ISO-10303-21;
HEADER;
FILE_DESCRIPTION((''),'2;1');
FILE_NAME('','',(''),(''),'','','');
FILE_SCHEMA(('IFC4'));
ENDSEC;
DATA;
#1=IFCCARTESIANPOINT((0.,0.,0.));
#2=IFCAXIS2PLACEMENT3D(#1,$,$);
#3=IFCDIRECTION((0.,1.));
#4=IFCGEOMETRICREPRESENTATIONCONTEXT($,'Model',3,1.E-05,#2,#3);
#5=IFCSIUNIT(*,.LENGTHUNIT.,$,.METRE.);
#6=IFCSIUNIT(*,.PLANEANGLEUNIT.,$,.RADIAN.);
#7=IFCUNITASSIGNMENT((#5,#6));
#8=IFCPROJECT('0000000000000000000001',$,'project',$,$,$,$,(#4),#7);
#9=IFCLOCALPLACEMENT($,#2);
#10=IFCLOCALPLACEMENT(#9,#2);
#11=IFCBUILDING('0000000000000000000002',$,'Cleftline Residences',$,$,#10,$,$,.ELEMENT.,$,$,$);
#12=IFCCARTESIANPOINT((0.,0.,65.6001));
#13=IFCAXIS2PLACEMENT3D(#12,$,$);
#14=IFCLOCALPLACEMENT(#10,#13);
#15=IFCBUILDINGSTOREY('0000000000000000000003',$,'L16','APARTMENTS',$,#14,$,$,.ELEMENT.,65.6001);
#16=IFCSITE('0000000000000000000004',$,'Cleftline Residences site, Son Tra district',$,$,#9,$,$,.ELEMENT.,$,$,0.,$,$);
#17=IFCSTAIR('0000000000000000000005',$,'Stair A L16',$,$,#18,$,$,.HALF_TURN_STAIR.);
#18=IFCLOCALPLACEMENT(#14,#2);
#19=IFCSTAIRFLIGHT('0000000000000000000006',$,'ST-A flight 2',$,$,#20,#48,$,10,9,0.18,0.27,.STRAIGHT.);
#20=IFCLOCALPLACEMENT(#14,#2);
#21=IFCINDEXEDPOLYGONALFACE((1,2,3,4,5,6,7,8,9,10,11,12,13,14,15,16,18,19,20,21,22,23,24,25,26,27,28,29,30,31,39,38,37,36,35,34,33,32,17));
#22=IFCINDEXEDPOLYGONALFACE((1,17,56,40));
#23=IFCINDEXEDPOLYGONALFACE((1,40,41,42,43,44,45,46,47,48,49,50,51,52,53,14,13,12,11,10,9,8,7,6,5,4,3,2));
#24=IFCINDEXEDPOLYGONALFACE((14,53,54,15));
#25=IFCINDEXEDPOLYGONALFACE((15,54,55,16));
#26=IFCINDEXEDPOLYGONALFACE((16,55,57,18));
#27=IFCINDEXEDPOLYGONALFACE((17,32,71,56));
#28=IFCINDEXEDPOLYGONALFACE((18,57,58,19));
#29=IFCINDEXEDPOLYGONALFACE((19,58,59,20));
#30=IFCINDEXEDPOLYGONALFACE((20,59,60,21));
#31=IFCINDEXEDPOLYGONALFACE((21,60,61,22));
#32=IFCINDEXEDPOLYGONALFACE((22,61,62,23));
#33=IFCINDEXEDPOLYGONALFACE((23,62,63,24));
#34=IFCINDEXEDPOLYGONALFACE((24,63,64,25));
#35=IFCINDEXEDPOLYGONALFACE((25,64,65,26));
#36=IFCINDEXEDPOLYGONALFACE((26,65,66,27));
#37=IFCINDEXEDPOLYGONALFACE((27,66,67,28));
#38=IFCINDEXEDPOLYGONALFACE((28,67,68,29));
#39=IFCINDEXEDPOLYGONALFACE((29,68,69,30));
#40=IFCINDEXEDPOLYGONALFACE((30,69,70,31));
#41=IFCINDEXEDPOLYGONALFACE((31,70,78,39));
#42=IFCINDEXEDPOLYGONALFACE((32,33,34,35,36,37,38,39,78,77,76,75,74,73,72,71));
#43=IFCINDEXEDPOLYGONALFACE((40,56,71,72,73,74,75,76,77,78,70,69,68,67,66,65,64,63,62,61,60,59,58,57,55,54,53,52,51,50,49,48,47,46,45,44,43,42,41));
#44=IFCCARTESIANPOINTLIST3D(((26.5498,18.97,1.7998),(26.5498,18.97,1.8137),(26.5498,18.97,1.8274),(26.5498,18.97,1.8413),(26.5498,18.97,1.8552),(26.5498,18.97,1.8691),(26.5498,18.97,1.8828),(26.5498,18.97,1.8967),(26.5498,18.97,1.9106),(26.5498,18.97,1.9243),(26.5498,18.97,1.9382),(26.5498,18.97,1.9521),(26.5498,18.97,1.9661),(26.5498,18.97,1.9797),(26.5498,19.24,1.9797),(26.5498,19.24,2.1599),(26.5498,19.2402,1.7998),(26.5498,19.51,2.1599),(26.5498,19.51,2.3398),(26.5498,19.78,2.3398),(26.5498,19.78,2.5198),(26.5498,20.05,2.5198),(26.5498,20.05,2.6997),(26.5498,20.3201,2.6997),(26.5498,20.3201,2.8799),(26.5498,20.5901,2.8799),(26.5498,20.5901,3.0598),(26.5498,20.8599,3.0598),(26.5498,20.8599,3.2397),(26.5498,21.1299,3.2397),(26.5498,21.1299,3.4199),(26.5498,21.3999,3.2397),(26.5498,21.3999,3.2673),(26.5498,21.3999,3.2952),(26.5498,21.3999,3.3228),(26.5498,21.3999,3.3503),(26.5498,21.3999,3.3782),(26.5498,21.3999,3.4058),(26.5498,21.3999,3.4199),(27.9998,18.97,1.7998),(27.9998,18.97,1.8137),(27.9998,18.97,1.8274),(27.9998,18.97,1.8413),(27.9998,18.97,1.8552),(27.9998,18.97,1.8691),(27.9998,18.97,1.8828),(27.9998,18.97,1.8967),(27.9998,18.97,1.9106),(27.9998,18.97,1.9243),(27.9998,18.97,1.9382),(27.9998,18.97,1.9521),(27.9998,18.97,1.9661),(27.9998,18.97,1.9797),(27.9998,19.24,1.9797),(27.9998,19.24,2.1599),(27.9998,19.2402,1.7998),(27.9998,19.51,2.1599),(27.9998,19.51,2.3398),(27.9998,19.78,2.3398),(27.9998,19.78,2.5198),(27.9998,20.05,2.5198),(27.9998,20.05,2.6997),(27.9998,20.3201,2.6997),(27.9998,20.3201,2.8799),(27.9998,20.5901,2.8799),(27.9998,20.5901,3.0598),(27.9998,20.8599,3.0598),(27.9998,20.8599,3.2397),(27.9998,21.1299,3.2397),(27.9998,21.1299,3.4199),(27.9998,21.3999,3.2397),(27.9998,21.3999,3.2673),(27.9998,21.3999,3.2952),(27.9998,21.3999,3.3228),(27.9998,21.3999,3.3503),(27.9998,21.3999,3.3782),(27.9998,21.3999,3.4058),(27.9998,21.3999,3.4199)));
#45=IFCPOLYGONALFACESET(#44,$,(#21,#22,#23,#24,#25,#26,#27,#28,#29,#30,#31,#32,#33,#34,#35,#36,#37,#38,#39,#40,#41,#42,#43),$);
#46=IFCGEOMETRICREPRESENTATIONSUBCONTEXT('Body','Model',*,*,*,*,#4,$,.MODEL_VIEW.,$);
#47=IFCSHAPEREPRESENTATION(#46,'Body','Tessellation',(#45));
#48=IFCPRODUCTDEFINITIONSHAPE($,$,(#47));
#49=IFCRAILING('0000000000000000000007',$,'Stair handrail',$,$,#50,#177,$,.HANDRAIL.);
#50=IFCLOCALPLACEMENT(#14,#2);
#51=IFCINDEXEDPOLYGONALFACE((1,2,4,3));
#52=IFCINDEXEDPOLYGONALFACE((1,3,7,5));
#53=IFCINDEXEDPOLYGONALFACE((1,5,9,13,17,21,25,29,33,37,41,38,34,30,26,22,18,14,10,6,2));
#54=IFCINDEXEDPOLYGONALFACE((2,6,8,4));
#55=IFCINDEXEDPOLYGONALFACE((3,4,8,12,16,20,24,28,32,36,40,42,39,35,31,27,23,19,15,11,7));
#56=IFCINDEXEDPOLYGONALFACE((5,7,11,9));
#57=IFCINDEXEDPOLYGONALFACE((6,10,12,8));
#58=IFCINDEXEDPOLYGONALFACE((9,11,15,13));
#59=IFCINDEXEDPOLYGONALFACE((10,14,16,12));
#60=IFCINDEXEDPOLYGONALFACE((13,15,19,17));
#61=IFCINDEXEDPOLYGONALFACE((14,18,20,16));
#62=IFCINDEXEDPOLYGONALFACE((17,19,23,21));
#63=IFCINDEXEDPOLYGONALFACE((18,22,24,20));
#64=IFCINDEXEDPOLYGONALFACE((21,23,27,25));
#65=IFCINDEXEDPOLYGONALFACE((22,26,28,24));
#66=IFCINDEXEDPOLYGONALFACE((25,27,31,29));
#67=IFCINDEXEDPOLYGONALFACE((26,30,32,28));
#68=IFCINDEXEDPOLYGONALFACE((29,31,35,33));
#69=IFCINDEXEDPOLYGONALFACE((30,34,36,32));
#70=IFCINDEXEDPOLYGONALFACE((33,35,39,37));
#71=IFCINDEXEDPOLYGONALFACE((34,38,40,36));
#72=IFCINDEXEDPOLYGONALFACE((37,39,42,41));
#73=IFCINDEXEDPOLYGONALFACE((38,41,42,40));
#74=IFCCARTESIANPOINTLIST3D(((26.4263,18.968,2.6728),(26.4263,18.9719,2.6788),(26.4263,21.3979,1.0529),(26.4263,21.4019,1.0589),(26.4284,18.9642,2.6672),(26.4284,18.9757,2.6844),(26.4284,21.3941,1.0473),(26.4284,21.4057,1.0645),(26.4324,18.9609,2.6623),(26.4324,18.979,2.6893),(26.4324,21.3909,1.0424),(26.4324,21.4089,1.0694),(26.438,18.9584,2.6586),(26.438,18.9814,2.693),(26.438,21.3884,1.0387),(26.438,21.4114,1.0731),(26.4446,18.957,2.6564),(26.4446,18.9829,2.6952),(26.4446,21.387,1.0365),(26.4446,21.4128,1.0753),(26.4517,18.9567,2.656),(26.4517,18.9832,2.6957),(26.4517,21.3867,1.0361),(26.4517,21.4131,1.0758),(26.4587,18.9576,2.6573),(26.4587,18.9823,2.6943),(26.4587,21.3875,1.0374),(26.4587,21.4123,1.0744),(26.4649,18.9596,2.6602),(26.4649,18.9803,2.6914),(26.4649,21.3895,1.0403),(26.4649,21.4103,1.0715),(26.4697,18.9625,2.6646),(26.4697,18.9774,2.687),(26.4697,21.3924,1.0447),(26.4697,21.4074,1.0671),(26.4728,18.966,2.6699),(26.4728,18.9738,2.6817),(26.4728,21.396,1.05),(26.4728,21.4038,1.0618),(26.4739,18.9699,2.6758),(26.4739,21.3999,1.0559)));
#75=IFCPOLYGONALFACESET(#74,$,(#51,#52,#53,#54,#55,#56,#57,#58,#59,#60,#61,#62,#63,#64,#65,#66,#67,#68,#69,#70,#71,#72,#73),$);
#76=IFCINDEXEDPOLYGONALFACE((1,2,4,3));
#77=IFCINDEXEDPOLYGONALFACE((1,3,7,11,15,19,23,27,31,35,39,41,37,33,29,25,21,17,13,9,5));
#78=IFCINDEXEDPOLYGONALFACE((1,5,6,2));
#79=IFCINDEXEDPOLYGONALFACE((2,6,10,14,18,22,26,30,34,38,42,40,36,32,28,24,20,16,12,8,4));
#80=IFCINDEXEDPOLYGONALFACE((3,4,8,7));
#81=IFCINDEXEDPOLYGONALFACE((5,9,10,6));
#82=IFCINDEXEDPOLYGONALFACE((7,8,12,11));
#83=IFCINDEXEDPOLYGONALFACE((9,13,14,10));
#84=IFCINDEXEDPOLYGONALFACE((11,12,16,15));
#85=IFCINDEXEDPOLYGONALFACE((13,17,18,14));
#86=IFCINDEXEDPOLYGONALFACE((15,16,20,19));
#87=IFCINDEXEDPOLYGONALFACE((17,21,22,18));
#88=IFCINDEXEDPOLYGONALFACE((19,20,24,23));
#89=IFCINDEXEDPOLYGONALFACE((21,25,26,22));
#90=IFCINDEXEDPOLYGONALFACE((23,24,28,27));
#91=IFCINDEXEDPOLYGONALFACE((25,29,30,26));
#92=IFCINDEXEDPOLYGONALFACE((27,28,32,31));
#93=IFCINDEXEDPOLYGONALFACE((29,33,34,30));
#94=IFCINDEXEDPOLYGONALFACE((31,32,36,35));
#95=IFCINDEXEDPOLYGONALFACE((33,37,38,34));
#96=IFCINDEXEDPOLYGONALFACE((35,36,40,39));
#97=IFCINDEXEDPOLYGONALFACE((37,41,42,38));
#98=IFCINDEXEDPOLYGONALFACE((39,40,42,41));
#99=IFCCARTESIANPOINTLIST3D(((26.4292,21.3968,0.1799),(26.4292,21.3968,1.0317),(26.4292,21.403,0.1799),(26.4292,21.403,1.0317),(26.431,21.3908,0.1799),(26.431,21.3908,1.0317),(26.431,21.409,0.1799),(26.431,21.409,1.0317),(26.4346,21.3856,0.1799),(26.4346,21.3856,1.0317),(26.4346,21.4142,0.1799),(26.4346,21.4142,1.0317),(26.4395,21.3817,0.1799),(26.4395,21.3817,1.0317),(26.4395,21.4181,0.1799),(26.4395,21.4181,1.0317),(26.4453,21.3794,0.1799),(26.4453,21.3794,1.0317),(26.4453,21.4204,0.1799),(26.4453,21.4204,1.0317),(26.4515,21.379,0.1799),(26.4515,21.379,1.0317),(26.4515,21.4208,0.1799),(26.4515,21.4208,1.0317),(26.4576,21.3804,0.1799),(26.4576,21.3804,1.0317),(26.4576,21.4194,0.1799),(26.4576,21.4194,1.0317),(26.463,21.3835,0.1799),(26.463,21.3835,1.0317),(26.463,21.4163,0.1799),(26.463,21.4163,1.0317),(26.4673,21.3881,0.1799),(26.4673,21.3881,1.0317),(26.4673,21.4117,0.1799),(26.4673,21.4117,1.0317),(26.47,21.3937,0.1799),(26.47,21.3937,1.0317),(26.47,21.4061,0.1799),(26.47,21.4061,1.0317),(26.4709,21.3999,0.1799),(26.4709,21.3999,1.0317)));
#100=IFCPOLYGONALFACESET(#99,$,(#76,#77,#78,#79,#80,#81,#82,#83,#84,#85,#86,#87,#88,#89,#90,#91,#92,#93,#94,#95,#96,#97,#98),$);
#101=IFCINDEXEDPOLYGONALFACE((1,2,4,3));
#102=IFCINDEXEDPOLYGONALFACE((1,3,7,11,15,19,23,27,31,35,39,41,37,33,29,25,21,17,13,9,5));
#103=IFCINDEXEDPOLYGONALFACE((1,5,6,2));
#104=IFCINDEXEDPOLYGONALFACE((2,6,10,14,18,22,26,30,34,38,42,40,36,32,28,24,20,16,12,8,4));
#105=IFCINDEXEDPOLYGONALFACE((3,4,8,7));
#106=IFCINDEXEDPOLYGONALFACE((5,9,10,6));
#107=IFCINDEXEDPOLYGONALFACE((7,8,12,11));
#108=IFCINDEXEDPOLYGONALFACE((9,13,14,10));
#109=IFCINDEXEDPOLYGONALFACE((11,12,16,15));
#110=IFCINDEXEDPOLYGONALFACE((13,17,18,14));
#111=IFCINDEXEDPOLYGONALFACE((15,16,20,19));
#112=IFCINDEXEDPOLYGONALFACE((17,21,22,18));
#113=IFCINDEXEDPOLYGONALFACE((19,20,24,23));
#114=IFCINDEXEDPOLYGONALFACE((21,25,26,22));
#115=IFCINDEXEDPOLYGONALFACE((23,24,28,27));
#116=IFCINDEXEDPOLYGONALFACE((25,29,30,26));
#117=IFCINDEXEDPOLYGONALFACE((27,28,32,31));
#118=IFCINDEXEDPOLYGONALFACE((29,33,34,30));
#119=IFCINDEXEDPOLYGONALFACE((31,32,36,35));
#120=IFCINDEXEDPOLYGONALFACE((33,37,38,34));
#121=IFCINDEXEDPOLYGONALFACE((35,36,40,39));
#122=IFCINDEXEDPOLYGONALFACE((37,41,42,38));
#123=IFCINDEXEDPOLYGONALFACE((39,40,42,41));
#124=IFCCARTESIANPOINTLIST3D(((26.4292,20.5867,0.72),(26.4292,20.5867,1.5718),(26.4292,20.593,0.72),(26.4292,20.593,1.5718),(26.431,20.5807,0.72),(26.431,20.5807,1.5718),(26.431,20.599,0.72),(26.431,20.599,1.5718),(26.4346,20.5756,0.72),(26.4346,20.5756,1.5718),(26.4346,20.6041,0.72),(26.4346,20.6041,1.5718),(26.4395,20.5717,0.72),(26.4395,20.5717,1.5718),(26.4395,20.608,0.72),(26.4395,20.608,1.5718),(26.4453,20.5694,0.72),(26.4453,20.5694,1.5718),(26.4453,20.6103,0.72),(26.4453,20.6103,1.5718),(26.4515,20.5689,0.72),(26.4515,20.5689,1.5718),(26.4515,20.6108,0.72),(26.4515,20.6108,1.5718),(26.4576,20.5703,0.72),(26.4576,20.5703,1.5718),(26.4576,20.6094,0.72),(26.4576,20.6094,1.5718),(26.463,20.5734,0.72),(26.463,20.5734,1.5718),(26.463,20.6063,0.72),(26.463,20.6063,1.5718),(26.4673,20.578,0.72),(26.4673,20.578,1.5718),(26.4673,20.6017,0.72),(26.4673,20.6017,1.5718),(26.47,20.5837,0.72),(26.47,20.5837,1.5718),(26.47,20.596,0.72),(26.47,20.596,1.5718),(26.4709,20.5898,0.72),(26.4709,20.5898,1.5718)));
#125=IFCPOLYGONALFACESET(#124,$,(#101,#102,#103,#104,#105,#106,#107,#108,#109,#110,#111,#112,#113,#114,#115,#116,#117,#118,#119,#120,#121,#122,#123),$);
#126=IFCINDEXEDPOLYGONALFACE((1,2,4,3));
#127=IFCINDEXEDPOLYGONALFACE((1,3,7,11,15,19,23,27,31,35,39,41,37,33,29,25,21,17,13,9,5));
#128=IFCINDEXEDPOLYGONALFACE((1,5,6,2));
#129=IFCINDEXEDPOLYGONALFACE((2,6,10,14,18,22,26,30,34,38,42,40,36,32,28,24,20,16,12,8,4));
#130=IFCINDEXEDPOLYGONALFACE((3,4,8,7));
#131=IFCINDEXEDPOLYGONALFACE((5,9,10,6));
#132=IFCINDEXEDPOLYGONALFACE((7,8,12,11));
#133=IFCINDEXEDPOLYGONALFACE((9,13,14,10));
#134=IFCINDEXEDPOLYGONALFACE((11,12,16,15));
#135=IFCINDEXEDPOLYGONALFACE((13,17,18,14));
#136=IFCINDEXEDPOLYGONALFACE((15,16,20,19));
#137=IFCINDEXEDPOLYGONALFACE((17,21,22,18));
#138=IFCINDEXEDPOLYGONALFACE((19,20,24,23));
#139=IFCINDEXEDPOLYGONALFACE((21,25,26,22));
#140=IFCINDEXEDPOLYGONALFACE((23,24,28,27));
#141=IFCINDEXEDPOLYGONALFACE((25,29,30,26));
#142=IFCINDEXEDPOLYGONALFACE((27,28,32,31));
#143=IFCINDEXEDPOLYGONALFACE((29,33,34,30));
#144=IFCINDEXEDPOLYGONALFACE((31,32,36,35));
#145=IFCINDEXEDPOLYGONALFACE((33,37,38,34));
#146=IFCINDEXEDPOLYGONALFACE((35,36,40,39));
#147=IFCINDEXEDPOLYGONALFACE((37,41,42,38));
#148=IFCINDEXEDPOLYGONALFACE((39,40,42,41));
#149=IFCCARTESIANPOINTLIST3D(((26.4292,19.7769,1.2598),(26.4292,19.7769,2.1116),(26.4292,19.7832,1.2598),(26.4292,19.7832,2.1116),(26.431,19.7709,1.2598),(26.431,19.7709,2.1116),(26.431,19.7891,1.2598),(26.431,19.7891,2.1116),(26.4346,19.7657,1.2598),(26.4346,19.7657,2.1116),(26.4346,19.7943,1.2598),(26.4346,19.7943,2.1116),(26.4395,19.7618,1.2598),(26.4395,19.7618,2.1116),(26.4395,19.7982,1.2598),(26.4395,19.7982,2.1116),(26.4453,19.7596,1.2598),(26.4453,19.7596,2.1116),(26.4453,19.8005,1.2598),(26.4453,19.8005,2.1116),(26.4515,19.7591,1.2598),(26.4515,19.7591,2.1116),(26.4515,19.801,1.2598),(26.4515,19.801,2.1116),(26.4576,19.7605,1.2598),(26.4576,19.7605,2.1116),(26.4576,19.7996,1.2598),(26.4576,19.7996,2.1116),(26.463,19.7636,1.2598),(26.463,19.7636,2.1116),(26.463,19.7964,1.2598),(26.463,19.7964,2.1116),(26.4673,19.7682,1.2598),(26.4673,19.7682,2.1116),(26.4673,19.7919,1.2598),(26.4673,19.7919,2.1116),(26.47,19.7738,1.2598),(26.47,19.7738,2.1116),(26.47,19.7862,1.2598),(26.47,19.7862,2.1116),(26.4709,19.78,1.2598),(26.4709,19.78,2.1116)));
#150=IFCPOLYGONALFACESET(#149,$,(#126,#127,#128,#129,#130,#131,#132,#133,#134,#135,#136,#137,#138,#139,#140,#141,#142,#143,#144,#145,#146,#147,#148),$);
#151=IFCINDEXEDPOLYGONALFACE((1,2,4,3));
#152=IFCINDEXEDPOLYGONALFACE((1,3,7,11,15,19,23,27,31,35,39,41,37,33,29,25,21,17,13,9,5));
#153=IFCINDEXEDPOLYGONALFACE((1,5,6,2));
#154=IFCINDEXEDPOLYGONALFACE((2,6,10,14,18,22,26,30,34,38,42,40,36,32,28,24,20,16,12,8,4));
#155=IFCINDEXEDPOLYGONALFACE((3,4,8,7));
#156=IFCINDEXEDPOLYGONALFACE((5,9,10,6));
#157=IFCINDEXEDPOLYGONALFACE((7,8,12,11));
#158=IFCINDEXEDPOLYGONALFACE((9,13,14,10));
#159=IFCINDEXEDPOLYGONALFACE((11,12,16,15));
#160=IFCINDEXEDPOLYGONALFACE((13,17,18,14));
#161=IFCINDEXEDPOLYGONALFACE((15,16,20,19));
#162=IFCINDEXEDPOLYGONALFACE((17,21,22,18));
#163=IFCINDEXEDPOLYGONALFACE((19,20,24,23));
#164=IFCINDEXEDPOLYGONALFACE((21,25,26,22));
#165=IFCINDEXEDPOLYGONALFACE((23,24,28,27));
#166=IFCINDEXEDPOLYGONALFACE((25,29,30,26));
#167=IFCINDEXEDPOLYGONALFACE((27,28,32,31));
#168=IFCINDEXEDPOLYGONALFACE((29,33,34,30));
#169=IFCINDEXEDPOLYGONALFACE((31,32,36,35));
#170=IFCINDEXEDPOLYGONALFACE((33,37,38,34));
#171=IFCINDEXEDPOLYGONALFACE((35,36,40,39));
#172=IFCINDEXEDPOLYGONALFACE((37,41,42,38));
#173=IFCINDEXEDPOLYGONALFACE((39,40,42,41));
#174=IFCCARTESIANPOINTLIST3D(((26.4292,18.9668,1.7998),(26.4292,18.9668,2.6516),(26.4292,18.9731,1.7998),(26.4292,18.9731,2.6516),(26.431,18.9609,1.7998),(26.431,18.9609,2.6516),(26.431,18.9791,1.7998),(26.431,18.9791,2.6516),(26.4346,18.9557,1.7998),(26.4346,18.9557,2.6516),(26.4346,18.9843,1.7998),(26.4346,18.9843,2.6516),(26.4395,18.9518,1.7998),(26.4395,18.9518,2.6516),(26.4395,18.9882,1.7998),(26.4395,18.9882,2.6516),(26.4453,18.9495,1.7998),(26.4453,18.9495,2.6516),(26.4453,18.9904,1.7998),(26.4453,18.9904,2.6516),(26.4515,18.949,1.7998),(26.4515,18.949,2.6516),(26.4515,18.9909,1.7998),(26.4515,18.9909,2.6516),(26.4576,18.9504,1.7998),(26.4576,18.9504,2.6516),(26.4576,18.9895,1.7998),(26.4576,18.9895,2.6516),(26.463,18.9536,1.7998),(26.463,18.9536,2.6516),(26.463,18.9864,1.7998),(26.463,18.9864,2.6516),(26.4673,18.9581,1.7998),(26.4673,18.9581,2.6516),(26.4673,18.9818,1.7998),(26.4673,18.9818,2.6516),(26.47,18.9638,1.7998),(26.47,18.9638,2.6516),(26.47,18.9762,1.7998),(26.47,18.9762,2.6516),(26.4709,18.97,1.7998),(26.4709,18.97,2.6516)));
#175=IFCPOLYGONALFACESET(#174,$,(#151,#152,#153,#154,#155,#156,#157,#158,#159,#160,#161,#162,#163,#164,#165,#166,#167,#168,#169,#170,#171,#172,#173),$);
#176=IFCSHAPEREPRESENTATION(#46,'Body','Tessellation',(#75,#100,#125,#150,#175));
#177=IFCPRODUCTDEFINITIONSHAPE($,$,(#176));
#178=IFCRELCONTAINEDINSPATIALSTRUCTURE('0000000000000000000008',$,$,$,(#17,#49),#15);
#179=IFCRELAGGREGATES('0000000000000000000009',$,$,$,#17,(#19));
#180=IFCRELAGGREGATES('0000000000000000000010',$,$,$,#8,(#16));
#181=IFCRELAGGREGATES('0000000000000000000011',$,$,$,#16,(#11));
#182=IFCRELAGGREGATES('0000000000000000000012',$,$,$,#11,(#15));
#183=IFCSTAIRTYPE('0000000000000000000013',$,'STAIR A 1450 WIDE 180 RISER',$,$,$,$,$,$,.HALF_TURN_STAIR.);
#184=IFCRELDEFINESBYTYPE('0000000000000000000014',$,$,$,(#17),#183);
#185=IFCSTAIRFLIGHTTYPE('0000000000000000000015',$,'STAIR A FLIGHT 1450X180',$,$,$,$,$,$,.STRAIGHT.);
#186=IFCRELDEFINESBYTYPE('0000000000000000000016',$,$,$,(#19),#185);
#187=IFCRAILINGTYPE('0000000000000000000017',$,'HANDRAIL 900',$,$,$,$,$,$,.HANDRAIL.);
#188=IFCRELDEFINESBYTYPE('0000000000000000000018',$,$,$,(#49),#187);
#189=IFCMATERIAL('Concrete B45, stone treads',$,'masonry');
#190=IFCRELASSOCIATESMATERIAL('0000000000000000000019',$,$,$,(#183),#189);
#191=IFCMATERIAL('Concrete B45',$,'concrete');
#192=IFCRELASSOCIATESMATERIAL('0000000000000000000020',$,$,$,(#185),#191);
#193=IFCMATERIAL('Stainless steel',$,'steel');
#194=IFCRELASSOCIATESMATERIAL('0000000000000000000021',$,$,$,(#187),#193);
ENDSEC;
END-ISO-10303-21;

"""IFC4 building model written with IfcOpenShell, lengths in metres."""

from ifc_helpers import new_model, si_unit, direction, frame, origin, origin_2d, place, context, subcontext, project, spatial, polyline, circle, outline, extrude, material, type_object, element, aggregate, save


model = new_model("IFC4")

# Units and contexts
model_context = context("Model", 3, precision=1e-05, world=origin(), true_north=direction((0.0, 1.0)))
body_context = subcontext(model_context, "Body", "Model", "MODEL_VIEW")
ifc_project = project(units=[si_unit("LENGTHUNIT", "METRE"), si_unit("PLANEANGLEUNIT", "RADIAN")], contexts=[model_context])

# Site, building, storey
site_placement = place(None, origin())
site = spatial("IfcSite", under=ifc_project, at=site_placement, Name="Cleftline Residences site, Son Tra district", CompositionType="ELEMENT", RefElevation=0.0)
building_placement = place(site_placement, origin())
building = spatial("IfcBuilding", under=site, at=building_placement, Name="Cleftline Residences", CompositionType="ELEMENT")
storey_placement = place(building_placement, frame((0.0, 0.0, 65.6001)))
storey = spatial("IfcBuildingStorey", under=building, at=storey_placement, Name="L16", Description="APARTMENTS", CompositionType="ELEMENT", Elevation=65.6001)

# Stair, stair flight
ifc_material_1 = material(Name="Concrete B45, stone treads", Category="masonry")
stair_type = type_object("IfcStairType", Name="STAIR A 1450 WIDE 180 RISER", PredefinedType="HALF_TURN_STAIR", material=ifc_material_1)
stair_placement = place(storey_placement, origin())
stair = element("IfcStair", 1, at=stair_placement, inside=storey, type_object=stair_type, Name="Stair A L16", PredefinedType="HALF_TURN_STAIR")
ifc_material_2 = material(Name="Concrete B45", Category="concrete")
stair_flight_type = type_object("IfcStairFlightType", Name="STAIR A FLIGHT 1450X180", PredefinedType="STRAIGHT", material=ifc_material_2)
stair_flight_1_placement = place(storey_placement, frame((27.2749, 18.97, 1.7998), z_axis=(0.0, 0.0, 1.0), x_axis=(0.0, 1.0, 0.0)))
stair_flight_1 = element("IfcStairFlight", 2, at=stair_flight_1_placement, type_object=stair_flight_type, Name="ST-A flight 2", NumberOfRisers=10, NumberOfTreads=9, PredefinedType="STRAIGHT", RiserHeight=0.18, TreadLength=0.27, context=body_context, shape_type="SweptSolid", body=[
    extrude(outline(polyline([(0.0, 0.0), (0.0, 0.0139), (0.0, 0.0276), (0.0, 0.0415), (0.0, 0.0554), (0.0, 0.0693), (0.0, 0.083), (0.0, 0.0969), (0.0, 0.1108), (0.0, 0.1245), (0.0, 0.1384), (0.0, 0.1523), (0.0, 0.1663), (0.0, 0.1799), (0.27, 0.1799), (0.27, 0.3601), (0.54, 0.3601), (0.54, 0.54), (0.8101, 0.54), (0.8101, 0.72), (1.0801, 0.72), (1.0801, 0.8999), (1.3501, 0.8999), (1.3501, 1.0801), (1.6201, 1.0801), (1.6201, 1.26), (1.8899, 1.26), (1.8899, 1.4399), (2.1599, 1.4399), (2.1599, 1.6201), (2.4299, 1.6201), (2.4299, 1.8), (2.4299, 1.7722), (2.4299, 1.7446), (2.4299, 1.7168), (2.4299, 1.6892), (2.4299, 1.6614), (2.4299, 1.6338), (2.4299, 1.606), (2.4299, 1.5784), (2.4299, 1.5505), (2.4299, 1.5229), (2.4299, 1.4954), (2.4299, 1.4675), (2.4299, 1.4399), (0.2703, 0.0), (0.0, 0.0)])), frame((0.0, 0.7251, 0.0), z_axis=(0.0, -1.0, 0.0), x_axis=(1.0, 0.0, 0.0)), (0.0, 0.0, 1.0), 1.45),
])
aggregate(stair, [stair_flight_1])

# Railing
ifc_material_3 = material(Name="Stainless steel", Category="steel")
railing_type = type_object("IfcRailingType", Name="HANDRAIL 900", PredefinedType="HANDRAIL", material=ifc_material_3)
railing_1_placement = place(storey_placement, frame((26.45, 21.3999, 0.1799)))
element("IfcRailing", 3, at=railing_1_placement, inside=storey, type_object=railing_type, Name="Stair handrail", PredefinedType="HANDRAIL", context=body_context, shape_type="SweptSolid", body=[
    extrude(circle(Radius=0.0239, at=origin_2d()), frame((0.0, 0.0, 0.876), z_axis=(0.0, -0.832063, 0.554681), x_axis=(1.0, 0.0, 0.0)), (0.0, 0.0, 1.0), 2.9204),
    extrude(circle(Radius=0.021, at=origin_2d()), origin(), (0.0, 0.0, 1.0), 0.8518),
    extrude(circle(Radius=0.021, at=origin_2d()), frame((0.0, -0.8101, 0.54)), (0.0, 0.0, 1.0), 0.8518),
    extrude(circle(Radius=0.021, at=origin_2d()), frame((0.0, -1.6199, 1.0798)), (0.0, 0.0, 1.0), 0.8518),
    extrude(circle(Radius=0.021, at=origin_2d()), frame((0.0, -2.4299, 1.6199)), (0.0, 0.0, 1.0), 0.8518),
])

save(model, "model.ifc")
